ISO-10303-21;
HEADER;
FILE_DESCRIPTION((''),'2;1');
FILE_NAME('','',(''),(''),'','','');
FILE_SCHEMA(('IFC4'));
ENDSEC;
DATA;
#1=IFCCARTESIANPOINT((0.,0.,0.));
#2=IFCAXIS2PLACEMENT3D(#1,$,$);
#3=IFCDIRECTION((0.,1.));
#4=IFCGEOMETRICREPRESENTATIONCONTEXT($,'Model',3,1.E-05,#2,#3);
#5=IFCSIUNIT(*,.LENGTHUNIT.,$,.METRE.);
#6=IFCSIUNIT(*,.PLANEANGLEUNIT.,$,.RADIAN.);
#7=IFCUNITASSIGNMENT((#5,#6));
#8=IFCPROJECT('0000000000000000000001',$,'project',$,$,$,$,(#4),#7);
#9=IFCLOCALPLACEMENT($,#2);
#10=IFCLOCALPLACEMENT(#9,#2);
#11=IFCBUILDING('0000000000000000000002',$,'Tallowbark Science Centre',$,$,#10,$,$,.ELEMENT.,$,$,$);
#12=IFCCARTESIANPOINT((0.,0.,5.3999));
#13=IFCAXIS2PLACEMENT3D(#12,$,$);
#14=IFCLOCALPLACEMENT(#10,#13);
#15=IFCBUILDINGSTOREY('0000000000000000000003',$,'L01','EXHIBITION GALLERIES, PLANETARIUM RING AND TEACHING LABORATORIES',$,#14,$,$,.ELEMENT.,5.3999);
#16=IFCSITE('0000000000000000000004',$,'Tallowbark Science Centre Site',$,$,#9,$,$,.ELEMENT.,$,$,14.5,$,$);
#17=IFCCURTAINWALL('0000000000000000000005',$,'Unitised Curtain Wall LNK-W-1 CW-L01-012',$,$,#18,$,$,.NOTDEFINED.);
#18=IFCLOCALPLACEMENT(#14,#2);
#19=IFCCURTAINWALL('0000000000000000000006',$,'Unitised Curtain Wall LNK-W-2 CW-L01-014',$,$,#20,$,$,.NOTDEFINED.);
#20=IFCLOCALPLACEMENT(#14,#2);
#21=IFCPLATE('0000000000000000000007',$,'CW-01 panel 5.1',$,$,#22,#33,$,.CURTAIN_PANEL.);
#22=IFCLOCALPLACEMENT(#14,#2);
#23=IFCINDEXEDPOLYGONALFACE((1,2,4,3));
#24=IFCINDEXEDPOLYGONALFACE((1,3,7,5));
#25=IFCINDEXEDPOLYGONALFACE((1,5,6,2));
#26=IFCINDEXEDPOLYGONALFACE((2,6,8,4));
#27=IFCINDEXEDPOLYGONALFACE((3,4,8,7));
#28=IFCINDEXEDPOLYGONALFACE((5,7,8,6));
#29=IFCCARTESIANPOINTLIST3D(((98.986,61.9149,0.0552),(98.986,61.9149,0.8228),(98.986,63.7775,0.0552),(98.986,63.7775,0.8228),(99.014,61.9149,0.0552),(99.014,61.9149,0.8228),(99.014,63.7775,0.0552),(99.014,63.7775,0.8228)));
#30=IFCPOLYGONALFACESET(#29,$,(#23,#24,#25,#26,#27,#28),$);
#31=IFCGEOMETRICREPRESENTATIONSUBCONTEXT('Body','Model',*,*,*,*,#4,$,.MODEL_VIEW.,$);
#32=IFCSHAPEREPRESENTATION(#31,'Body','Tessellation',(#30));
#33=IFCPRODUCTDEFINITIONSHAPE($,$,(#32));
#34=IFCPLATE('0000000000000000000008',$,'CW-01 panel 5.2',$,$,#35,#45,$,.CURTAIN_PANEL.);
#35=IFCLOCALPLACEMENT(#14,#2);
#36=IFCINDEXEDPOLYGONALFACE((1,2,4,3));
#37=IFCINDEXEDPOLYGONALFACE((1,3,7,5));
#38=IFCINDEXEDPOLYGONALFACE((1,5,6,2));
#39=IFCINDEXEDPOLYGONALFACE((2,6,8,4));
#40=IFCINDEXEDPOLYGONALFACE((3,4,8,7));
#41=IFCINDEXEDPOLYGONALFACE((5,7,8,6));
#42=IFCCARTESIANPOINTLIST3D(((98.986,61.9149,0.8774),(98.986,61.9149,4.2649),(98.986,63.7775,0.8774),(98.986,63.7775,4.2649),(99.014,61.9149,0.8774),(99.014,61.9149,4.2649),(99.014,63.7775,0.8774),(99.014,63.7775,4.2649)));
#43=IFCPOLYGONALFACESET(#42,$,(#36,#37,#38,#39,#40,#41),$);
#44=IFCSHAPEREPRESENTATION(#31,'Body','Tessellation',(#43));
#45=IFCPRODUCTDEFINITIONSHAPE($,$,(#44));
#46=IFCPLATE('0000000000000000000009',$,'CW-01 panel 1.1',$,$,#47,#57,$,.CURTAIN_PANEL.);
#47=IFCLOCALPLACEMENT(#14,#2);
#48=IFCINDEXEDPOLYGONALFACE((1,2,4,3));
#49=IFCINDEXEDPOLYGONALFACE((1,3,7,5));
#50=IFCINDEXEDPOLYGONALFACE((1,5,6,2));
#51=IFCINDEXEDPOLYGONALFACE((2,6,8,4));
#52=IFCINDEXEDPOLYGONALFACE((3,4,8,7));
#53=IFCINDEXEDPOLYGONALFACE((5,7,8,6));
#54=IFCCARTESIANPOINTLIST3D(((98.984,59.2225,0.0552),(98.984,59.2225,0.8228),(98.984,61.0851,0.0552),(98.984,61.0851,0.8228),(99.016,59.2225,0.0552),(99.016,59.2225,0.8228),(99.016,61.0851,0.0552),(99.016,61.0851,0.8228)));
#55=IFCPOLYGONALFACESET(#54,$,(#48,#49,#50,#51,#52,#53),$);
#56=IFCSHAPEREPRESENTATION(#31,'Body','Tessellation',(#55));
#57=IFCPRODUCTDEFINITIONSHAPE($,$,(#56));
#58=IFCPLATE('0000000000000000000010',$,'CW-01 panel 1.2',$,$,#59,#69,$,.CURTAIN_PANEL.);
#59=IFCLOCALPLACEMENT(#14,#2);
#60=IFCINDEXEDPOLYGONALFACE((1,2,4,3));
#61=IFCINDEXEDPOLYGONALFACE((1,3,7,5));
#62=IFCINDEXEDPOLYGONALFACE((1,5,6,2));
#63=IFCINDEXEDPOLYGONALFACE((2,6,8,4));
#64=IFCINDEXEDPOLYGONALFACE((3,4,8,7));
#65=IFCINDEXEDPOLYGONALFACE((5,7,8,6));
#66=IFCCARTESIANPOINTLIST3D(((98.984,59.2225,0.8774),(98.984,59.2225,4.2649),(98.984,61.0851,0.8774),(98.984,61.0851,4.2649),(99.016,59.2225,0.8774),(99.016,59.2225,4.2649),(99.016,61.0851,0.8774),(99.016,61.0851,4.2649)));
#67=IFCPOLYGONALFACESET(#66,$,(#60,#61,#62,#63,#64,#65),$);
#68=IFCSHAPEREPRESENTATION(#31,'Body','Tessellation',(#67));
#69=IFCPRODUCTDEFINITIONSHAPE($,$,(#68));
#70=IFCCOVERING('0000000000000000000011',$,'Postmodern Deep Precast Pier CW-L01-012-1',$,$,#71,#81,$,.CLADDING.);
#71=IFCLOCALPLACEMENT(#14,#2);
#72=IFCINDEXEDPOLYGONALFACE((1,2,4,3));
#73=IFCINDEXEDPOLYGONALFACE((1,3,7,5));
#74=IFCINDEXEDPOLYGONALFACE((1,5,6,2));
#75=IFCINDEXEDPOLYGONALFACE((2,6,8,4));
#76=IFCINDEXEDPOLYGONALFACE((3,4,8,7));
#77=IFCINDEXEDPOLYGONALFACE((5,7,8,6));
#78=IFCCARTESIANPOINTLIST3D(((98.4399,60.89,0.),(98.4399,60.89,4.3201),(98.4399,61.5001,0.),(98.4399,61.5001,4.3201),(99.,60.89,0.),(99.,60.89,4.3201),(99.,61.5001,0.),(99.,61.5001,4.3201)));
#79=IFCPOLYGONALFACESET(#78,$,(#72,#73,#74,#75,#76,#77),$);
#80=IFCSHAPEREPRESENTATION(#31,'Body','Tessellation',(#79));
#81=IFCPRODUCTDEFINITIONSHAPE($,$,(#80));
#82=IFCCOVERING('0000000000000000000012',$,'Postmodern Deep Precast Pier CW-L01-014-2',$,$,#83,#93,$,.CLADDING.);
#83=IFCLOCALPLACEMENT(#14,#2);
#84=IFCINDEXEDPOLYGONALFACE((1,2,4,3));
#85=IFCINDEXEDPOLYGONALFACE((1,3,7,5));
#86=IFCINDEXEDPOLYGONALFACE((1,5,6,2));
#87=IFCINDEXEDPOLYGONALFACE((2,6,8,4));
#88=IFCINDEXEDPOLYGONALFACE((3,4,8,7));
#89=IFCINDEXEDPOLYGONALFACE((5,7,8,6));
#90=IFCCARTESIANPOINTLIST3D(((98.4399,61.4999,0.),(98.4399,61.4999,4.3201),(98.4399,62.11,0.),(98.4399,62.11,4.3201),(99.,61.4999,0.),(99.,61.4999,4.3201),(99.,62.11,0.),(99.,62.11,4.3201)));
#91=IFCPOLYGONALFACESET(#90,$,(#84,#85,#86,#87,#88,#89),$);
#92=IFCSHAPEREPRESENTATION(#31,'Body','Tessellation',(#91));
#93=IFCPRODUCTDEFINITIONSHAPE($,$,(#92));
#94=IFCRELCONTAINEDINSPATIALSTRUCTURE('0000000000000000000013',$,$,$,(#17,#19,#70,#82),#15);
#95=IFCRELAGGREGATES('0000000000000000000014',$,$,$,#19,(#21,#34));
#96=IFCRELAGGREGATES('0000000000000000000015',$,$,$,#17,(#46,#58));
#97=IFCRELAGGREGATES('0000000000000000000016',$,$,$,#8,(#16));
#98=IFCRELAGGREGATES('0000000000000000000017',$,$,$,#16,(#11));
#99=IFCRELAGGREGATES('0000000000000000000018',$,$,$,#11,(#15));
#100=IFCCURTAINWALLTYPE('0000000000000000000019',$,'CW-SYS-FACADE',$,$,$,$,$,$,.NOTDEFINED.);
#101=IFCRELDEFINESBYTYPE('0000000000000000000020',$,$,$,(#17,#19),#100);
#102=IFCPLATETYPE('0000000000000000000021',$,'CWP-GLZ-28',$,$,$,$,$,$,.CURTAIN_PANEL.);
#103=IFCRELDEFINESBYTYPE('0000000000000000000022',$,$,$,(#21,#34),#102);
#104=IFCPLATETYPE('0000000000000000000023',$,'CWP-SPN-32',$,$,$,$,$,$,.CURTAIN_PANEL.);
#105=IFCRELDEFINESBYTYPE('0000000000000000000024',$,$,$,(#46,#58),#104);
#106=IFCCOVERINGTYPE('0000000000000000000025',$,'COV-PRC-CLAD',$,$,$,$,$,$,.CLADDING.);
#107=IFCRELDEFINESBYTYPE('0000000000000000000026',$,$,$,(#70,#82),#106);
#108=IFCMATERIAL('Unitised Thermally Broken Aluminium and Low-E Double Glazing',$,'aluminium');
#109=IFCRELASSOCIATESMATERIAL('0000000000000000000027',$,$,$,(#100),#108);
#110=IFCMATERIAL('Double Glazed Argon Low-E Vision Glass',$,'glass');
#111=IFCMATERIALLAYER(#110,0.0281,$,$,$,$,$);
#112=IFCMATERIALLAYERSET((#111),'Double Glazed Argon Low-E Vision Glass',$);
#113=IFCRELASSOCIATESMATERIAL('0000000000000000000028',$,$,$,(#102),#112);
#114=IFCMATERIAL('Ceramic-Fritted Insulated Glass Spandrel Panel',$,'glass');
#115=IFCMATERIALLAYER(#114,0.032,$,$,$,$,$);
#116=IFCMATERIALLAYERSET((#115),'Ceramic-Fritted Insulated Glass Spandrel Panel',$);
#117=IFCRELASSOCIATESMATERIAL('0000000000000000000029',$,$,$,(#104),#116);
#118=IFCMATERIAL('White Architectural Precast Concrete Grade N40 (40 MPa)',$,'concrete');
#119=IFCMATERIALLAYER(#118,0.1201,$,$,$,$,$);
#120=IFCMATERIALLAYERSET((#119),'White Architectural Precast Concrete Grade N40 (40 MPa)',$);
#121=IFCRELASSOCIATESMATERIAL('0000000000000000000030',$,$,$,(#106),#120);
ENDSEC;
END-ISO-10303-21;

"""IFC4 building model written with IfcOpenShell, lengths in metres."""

from ifc_helpers import new_model, si_unit, direction, frame, origin, origin_2d, place, context, subcontext, project, spatial, rectangle, extrude, material, layer, layer_set, type_object, element, aggregate, save


model = new_model("IFC4")

# Units and contexts
model_context = context("Model", 3, precision=1e-05, world=origin(), true_north=direction((0.0, 1.0)))
body_context = subcontext(model_context, "Body", "Model", "MODEL_VIEW")
ifc_project = project(units=[si_unit("LENGTHUNIT", "METRE"), si_unit("PLANEANGLEUNIT", "RADIAN")], contexts=[model_context])

# Site, building, storey
site_placement = place(None, origin())
site = spatial("IfcSite", under=ifc_project, at=site_placement, Name="Tallowbark Science Centre Site", CompositionType="ELEMENT", RefElevation=14.5)
building_placement = place(site_placement, origin())
building = spatial("IfcBuilding", under=site, at=building_placement, Name="Tallowbark Science Centre", CompositionType="ELEMENT")
storey_placement = place(building_placement, frame((0.0, 0.0, 5.3999)))
storey = spatial("IfcBuildingStorey", under=building, at=storey_placement, Name="L01", Description="EXHIBITION GALLERIES, PLANETARIUM RING AND TEACHING LABORATORIES", CompositionType="ELEMENT", Elevation=5.3999)

# Curtain walls
ifc_material_1 = material(Name="Unitised Thermally Broken Aluminium and Low-E Double Glazing", Category="aluminium")
curtain_wall_type = type_object("IfcCurtainWallType", Name="CW-SYS-FACADE", PredefinedType="NOTDEFINED", material=ifc_material_1)
curtain_wall_1_placement = place(storey_placement, origin())
curtain_wall_1 = element("IfcCurtainWall", 1, at=curtain_wall_1_placement, inside=storey, type_object=curtain_wall_type, Name="Unitised Curtain Wall LNK-W-1 CW-L01-012", PredefinedType="NOTDEFINED")
curtain_wall_2_placement = place(storey_placement, origin())
curtain_wall_2 = element("IfcCurtainWall", 2, at=curtain_wall_2_placement, inside=storey, type_object=curtain_wall_type, Name="Unitised Curtain Wall LNK-W-2 CW-L01-014", PredefinedType="NOTDEFINED")

# Plates
ifc_material_2 = material(Name="Double Glazed Argon Low-E Vision Glass", Category="glass")
ifc_layer_1 = layer(ifc_material_2, 0.0281)
ifc_layer_set_1 = layer_set([ifc_layer_1], Name="Double Glazed Argon Low-E Vision Glass")
plate_type_1 = type_object("IfcPlateType", Name="CWP-GLZ-28", PredefinedType="CURTAIN_PANEL", material=ifc_layer_set_1)
plate_1_placement = place(storey_placement, frame((99.0, 62.8462, 0.0552), z_axis=(0.0, 0.0, 1.0), x_axis=(0.0, -1.0, 0.0)))
plate_1 = element("IfcPlate", 3, at=plate_1_placement, type_object=plate_type_1, Name="CW-01 panel 5.1", PredefinedType="CURTAIN_PANEL", context=body_context, shape_type="SweptSolid", body=[
    extrude(rectangle(XDim=1.8625, YDim=0.0281, at=origin_2d()), origin(), (0.0, 0.0, 1.0), 0.7676),
])
plate_2_placement = place(storey_placement, frame((99.0, 62.8462, 0.8774), z_axis=(0.0, 0.0, 1.0), x_axis=(0.0, -1.0, 0.0)))
plate_2 = element("IfcPlate", 4, at=plate_2_placement, type_object=plate_type_1, Name="CW-01 panel 5.2", PredefinedType="CURTAIN_PANEL", context=body_context, shape_type="SweptSolid", body=[
    extrude(rectangle(XDim=1.8625, YDim=0.0281, at=origin_2d()), origin(), (0.0, 0.0, 1.0), 3.3875),
])
aggregate(curtain_wall_2, [plate_1, plate_2])
ifc_material_3 = material(Name="Ceramic-Fritted Insulated Glass Spandrel Panel", Category="glass")
ifc_layer_2 = layer(ifc_material_3, 0.032)
ifc_layer_set_2 = layer_set([ifc_layer_2], Name="Ceramic-Fritted Insulated Glass Spandrel Panel")
plate_type_2 = type_object("IfcPlateType", Name="CWP-SPN-32", PredefinedType="CURTAIN_PANEL", material=ifc_layer_set_2)
plate_3_placement = place(storey_placement, frame((99.0, 60.1538, 0.0552), z_axis=(0.0, 0.0, 1.0), x_axis=(0.0, -1.0, 0.0)))
plate_3 = element("IfcPlate", 5, at=plate_3_placement, type_object=plate_type_2, Name="CW-01 panel 1.1", PredefinedType="CURTAIN_PANEL", context=body_context, shape_type="SweptSolid", body=[
    extrude(rectangle(XDim=1.8625, YDim=0.032, at=origin_2d()), origin(), (0.0, 0.0, 1.0), 0.7676),
])
plate_4_placement = place(storey_placement, frame((99.0, 60.1538, 0.8774), z_axis=(0.0, 0.0, 1.0), x_axis=(0.0, -1.0, 0.0)))
plate_4 = element("IfcPlate", 6, at=plate_4_placement, type_object=plate_type_2, Name="CW-01 panel 1.2", PredefinedType="CURTAIN_PANEL", context=body_context, shape_type="SweptSolid", body=[
    extrude(rectangle(XDim=1.8625, YDim=0.032, at=origin_2d()), origin(), (0.0, 0.0, 1.0), 3.3875),
])
aggregate(curtain_wall_1, [plate_3, plate_4])

# Coverings
ifc_material_4 = material(Name="White Architectural Precast Concrete Grade N40 (40 MPa)", Category="concrete")
ifc_layer_3 = layer(ifc_material_4, 0.1201)
ifc_layer_set_3 = layer_set([ifc_layer_3], Name="White Architectural Precast Concrete Grade N40 (40 MPa)")
covering_type = type_object("IfcCoveringType", Name="COV-PRC-CLAD", PredefinedType="CLADDING", material=ifc_layer_set_3)
for number, where, z_axis, x_axis, name in (
    (7, (98.72, 61.1951, 0.0), (0.0, 0.0, 1.0), (0.0, -1.0, 0.0), "Postmodern Deep Precast Pier CW-L01-012-1"),
    (8, (98.72, 61.8049, 0.0), (0.0, 0.0, 1.0), (0.0, -1.0, 0.0), "Postmodern Deep Precast Pier CW-L01-014-2"),
):
    element("IfcCovering", number, at=place(storey_placement, frame(where, z_axis=z_axis, x_axis=x_axis)), inside=storey, type_object=covering_type, Name=name, PredefinedType="CLADDING", context=body_context, shape_type="SweptSolid", body=[
        extrude(rectangle(XDim=0.6101, YDim=0.5601, at=origin_2d()), origin(), (0.0, 0.0, 1.0), 4.3201),
    ])

save(model, "model.ifc")
